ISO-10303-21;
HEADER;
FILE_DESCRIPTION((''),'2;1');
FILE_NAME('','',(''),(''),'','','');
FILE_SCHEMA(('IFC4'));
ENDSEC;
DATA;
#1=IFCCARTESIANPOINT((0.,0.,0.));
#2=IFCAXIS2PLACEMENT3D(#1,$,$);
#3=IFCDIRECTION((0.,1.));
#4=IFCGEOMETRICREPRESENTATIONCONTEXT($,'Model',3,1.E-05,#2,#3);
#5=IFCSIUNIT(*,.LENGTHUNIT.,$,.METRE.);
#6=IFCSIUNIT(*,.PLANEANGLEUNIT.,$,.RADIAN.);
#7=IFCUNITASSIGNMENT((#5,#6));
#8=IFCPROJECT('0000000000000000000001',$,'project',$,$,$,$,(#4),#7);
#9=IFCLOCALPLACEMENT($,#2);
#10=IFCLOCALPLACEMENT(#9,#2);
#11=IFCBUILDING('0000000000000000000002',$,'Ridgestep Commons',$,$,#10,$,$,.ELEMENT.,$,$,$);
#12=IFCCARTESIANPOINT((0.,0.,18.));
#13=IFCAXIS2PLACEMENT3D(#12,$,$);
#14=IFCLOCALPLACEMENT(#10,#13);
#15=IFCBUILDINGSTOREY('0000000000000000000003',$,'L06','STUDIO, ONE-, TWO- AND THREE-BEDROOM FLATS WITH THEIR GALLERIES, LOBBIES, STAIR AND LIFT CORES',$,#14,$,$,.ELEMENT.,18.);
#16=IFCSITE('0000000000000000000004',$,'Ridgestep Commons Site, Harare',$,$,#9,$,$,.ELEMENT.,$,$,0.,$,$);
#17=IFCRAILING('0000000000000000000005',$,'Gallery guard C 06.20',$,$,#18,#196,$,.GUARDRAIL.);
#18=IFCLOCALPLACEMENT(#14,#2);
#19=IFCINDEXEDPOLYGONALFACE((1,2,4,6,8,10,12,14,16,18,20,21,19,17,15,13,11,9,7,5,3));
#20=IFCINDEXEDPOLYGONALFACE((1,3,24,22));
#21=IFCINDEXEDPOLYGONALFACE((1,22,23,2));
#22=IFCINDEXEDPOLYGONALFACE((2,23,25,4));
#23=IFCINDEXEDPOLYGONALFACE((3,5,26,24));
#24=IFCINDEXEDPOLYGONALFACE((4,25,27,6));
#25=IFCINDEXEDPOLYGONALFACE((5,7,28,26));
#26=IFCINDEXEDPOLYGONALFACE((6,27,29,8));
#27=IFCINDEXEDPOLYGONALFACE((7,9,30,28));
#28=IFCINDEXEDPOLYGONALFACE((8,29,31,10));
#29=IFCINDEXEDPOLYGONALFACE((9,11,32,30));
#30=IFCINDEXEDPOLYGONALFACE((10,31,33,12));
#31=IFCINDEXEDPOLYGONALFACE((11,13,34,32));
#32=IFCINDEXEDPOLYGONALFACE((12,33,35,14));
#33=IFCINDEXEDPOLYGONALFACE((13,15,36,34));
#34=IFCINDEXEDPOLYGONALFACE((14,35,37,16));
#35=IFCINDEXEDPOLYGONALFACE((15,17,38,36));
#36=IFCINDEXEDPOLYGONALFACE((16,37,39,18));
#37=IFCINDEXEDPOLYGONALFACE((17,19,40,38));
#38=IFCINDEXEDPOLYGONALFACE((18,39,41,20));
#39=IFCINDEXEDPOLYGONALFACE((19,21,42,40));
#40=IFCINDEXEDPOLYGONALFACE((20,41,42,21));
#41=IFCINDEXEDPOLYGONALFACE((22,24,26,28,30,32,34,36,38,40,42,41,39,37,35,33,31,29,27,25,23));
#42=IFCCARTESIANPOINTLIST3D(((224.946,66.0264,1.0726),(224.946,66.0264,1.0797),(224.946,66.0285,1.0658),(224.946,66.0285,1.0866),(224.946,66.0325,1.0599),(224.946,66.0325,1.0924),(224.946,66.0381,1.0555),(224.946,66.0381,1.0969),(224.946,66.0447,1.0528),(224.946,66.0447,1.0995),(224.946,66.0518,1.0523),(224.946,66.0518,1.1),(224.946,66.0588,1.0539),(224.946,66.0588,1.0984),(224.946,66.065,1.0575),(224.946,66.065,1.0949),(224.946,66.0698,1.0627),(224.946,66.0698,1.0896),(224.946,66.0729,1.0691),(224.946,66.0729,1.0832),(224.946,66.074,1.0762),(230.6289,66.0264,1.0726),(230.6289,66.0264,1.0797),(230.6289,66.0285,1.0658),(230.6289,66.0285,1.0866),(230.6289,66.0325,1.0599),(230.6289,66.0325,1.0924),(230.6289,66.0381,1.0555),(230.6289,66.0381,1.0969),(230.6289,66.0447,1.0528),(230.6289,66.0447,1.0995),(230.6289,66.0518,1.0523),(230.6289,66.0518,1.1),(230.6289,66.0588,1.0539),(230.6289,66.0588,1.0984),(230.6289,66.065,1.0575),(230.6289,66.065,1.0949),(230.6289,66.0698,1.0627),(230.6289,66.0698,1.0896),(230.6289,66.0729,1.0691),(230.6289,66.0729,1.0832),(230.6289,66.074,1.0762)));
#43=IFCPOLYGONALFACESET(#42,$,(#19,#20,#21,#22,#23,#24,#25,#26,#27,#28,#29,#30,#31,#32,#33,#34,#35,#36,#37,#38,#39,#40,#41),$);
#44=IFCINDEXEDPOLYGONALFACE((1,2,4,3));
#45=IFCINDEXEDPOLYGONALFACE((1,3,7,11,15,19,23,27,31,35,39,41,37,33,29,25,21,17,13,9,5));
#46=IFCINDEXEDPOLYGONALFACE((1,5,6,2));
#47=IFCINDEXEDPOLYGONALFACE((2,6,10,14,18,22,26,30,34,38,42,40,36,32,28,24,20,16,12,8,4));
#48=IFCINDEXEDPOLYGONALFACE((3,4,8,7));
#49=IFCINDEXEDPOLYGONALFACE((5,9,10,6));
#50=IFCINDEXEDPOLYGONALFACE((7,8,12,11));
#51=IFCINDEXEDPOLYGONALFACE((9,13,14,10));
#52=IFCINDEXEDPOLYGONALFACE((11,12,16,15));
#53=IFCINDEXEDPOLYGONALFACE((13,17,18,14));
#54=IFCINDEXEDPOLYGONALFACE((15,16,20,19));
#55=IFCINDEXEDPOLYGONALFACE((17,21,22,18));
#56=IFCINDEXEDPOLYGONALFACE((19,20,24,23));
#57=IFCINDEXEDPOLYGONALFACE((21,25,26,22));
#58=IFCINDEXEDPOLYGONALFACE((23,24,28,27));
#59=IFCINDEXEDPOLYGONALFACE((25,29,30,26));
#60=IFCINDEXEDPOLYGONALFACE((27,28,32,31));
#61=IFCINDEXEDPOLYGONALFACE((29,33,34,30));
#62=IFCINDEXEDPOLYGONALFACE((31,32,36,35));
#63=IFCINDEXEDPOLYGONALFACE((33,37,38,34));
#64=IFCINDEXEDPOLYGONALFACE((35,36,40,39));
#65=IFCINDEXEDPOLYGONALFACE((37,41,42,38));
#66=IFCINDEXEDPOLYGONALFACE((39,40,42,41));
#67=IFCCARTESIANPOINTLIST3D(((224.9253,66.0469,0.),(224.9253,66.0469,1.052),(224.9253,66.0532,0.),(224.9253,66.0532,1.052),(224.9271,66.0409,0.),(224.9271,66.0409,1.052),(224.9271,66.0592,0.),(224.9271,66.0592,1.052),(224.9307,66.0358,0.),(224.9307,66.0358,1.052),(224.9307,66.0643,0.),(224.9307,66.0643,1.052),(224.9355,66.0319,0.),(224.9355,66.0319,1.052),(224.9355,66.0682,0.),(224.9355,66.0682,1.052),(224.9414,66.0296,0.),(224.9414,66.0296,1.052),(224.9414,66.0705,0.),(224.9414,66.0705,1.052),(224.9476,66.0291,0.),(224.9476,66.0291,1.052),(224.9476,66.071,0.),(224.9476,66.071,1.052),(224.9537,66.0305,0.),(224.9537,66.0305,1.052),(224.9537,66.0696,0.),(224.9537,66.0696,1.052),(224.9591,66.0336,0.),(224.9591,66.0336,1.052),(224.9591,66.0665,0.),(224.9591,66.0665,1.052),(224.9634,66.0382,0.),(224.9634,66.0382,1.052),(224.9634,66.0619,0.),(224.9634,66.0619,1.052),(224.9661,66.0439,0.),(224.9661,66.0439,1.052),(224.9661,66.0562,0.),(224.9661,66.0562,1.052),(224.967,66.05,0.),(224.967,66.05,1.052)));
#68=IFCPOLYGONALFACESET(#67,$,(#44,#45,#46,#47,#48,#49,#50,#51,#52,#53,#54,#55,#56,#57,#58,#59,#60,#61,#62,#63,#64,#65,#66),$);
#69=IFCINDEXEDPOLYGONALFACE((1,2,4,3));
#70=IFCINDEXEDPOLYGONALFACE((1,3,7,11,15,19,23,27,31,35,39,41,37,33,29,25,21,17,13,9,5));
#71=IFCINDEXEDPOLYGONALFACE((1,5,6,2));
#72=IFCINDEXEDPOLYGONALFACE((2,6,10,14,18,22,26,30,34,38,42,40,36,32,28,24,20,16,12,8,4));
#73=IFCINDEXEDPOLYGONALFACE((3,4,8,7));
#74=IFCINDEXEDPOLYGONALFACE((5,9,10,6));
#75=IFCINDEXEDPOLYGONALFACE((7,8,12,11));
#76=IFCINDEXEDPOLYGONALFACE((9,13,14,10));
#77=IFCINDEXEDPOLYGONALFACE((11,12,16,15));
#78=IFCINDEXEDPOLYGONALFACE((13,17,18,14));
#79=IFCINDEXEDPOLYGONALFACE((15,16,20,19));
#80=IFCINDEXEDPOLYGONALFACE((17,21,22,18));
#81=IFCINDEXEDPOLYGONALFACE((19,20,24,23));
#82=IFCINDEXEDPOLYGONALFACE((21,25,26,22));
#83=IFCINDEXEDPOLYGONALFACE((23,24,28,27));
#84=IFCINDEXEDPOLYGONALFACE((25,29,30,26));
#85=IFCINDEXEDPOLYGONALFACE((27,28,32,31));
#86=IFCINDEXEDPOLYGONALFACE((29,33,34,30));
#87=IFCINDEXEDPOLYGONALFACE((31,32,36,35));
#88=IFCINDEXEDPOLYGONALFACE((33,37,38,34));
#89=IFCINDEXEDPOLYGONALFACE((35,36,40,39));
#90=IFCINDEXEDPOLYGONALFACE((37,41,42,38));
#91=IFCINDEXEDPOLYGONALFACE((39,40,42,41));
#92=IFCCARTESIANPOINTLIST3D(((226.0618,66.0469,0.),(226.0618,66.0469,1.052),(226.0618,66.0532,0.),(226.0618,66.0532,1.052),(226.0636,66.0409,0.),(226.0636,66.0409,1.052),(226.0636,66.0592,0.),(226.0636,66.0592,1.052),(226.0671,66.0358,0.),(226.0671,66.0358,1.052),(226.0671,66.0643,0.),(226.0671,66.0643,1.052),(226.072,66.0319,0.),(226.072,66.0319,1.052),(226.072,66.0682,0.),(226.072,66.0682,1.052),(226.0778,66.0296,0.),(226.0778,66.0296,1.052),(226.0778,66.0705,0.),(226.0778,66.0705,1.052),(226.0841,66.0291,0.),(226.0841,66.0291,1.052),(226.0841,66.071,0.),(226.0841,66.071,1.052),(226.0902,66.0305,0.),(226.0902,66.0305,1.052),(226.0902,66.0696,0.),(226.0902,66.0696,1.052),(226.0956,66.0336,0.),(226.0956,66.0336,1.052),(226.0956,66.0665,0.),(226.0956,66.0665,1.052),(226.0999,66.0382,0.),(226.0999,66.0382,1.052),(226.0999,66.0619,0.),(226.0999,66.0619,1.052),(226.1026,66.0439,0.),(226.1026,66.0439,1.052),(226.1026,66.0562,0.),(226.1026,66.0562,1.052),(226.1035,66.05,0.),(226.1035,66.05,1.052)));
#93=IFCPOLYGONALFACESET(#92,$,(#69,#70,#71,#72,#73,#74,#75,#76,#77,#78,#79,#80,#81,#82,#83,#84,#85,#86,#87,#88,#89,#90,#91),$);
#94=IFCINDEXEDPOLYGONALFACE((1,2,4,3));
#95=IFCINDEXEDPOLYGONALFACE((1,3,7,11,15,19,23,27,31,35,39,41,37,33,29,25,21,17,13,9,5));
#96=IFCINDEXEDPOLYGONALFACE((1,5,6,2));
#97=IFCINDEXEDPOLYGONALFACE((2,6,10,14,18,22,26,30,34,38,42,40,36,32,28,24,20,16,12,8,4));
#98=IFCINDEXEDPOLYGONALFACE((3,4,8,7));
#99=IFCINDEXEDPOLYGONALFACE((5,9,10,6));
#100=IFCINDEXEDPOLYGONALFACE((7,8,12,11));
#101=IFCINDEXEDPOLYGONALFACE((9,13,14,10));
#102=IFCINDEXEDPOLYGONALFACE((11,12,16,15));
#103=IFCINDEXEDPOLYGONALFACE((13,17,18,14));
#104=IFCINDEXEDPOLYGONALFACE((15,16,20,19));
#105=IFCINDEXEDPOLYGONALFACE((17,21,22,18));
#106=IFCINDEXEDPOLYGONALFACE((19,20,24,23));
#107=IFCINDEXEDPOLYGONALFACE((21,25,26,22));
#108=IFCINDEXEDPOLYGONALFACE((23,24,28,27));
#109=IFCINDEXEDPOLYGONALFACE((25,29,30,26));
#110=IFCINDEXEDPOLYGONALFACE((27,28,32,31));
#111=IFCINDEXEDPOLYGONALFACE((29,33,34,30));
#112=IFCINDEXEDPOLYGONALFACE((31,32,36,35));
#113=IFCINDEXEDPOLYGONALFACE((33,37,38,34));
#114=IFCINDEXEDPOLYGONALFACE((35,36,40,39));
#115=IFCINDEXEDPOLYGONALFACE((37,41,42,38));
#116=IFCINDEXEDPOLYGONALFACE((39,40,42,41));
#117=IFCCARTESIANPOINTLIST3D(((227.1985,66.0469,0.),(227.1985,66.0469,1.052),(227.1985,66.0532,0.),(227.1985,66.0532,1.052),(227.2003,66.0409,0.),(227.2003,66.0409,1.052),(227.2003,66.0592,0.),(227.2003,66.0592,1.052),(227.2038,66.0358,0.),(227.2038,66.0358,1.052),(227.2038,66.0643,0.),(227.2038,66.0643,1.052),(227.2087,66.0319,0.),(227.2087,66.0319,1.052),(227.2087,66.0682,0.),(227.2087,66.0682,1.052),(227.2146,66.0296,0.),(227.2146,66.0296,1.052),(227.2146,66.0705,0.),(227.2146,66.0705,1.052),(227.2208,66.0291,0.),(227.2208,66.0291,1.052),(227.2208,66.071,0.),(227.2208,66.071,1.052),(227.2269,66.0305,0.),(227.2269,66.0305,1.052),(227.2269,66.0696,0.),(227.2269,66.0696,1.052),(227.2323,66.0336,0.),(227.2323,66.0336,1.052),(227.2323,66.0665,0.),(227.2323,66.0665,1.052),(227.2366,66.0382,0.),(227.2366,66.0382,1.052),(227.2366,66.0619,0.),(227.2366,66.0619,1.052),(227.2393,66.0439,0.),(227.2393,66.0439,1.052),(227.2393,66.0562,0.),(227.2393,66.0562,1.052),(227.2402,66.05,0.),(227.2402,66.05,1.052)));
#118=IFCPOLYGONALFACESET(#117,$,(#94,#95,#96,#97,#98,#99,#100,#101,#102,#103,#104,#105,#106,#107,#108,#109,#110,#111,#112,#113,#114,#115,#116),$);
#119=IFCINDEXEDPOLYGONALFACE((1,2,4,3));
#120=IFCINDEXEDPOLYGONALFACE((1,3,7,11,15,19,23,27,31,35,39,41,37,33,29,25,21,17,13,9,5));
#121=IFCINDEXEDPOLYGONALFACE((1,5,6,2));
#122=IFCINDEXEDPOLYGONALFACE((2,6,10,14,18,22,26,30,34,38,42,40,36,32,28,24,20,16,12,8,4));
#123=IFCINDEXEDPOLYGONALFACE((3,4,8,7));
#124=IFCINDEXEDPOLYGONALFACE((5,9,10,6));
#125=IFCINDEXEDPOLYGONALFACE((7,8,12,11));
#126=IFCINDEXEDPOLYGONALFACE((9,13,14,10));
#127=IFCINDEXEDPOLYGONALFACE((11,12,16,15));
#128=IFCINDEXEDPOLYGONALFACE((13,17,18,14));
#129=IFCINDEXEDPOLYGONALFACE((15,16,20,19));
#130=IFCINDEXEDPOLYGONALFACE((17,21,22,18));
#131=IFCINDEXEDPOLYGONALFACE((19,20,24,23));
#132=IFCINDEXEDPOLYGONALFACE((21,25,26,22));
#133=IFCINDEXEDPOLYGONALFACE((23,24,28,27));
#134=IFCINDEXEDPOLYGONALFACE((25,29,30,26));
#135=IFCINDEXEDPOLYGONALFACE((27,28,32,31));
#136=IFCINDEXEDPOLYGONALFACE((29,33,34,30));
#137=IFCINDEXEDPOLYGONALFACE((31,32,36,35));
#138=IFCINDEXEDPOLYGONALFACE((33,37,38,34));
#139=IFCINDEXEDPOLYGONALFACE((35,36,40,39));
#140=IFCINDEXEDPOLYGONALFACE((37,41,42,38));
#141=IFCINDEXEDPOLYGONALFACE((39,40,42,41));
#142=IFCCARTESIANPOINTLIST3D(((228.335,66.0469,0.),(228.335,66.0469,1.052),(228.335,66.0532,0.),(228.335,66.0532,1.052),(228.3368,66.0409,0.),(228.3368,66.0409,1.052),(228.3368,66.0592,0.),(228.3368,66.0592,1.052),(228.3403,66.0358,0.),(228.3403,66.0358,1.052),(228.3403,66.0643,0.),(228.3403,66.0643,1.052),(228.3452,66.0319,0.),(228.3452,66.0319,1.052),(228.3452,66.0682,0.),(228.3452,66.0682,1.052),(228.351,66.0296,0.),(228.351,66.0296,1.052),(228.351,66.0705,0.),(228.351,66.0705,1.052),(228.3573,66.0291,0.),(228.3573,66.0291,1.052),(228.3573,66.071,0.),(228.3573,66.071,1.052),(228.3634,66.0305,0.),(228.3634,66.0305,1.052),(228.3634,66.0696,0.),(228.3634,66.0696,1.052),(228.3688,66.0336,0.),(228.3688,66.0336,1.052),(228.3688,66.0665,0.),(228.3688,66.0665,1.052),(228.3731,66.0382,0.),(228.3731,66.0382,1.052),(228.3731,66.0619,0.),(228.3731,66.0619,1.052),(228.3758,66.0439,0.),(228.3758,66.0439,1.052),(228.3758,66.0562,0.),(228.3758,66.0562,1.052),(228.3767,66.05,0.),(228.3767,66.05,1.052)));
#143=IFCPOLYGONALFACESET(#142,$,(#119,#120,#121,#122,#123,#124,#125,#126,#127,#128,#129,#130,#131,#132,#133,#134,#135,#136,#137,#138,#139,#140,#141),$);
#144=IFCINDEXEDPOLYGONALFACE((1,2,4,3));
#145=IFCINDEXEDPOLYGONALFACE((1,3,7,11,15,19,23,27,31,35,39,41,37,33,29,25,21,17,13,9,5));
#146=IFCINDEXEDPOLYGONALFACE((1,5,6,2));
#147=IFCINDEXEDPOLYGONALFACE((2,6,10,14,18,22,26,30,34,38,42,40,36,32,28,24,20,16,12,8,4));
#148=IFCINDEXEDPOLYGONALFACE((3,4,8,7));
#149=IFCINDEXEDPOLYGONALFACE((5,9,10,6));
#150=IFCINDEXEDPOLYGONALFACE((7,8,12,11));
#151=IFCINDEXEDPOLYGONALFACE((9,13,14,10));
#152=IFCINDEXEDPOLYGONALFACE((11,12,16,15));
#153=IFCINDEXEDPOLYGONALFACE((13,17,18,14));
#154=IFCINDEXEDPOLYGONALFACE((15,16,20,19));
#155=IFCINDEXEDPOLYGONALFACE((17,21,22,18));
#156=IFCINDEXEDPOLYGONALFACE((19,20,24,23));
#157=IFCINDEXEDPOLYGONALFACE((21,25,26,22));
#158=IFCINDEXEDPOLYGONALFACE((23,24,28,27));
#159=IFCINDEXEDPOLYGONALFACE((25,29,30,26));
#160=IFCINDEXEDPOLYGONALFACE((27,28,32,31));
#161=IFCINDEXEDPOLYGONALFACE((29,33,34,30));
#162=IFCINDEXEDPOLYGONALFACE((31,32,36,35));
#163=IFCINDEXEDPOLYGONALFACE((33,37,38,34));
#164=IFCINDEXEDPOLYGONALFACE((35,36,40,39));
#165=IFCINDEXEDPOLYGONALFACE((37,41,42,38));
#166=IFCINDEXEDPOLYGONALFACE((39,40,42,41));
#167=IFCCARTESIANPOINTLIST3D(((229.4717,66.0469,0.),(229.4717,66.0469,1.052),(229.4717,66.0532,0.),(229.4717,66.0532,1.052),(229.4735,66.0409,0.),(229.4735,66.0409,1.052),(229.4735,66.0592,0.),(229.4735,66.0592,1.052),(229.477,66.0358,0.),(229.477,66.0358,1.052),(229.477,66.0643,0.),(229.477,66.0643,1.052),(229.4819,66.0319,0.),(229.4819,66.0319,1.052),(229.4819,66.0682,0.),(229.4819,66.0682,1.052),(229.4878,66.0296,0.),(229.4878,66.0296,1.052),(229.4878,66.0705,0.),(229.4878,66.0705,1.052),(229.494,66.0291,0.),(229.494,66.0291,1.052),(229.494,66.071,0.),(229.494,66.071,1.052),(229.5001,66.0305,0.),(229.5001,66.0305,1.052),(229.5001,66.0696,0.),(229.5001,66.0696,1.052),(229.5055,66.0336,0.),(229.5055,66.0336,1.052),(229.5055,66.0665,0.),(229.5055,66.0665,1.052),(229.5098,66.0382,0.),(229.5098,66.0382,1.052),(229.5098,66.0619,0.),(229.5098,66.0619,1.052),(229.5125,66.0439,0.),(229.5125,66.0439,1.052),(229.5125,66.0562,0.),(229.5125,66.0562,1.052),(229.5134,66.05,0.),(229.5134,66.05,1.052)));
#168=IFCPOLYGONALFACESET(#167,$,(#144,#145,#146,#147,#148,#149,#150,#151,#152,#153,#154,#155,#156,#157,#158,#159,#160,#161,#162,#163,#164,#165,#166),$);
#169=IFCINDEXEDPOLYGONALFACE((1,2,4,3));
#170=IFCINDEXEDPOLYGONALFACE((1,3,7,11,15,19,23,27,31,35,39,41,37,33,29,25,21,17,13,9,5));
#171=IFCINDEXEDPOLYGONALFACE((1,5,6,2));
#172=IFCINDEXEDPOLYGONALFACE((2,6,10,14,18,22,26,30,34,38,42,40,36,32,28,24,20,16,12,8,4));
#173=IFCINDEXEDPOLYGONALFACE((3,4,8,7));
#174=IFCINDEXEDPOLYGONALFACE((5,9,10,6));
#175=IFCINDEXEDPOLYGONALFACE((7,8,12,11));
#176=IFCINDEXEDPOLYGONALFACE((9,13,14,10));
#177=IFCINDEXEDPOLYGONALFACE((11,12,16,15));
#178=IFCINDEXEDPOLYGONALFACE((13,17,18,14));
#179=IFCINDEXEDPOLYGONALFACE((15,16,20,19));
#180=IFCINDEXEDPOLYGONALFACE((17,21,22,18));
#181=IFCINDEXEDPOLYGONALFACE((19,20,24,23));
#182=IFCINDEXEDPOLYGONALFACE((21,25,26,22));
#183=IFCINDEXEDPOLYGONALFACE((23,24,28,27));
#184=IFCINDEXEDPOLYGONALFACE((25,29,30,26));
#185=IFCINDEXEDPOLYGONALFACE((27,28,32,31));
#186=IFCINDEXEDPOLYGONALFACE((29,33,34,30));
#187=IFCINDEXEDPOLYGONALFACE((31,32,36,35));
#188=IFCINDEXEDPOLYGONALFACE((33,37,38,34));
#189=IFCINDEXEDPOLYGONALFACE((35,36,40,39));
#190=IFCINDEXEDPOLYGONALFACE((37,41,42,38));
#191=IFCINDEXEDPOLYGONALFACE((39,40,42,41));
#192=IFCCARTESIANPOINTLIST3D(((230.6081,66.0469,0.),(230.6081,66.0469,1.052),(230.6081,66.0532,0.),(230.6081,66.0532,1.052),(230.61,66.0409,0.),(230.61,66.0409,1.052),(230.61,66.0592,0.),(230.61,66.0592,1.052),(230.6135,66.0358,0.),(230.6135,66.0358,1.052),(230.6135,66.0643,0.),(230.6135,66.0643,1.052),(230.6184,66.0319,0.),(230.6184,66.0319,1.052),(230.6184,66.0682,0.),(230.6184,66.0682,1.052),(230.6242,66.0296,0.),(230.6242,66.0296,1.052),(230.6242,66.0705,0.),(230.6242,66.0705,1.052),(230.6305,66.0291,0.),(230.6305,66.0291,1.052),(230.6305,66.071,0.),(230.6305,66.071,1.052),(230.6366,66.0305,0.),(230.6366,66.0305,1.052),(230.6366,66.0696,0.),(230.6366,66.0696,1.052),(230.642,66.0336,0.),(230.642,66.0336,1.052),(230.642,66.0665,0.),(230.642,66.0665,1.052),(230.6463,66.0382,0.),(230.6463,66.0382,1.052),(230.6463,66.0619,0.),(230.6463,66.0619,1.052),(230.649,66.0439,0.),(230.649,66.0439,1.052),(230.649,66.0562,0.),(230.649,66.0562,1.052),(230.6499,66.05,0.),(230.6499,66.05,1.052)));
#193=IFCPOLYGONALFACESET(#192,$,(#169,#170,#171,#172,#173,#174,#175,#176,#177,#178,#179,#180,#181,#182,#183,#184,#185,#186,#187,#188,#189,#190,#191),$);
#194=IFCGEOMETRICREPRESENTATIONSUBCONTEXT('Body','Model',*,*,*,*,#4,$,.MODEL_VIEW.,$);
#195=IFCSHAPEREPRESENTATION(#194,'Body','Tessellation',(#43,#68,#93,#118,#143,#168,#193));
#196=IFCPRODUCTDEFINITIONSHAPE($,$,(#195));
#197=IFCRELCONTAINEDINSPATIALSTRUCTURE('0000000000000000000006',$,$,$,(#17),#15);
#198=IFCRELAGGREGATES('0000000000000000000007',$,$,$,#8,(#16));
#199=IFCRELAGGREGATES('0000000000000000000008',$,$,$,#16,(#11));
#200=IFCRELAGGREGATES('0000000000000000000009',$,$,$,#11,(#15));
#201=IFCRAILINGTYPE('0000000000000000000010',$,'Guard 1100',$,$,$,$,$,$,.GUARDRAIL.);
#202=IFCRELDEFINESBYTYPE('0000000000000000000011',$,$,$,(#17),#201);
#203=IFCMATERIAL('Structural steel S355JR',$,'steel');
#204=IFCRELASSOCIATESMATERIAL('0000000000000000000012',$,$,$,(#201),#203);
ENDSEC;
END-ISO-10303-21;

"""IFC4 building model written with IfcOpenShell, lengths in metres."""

from ifc_helpers import new_model, si_unit, direction, frame, origin, origin_2d, place, context, subcontext, project, spatial, circle, extrude, material, type_object, element, save


model = new_model("IFC4")

# Units and contexts
model_context = context("Model", 3, precision=1e-05, world=origin(), true_north=direction((0.0, 1.0)))
body_context = subcontext(model_context, "Body", "Model", "MODEL_VIEW")
ifc_project = project(units=[si_unit("LENGTHUNIT", "METRE"), si_unit("PLANEANGLEUNIT", "RADIAN")], contexts=[model_context])

# Site, building, storey
site_placement = place(None, origin())
site = spatial("IfcSite", under=ifc_project, at=site_placement, Name="Ridgestep Commons Site, Harare", CompositionType="ELEMENT", RefElevation=0.0)
building_placement = place(site_placement, origin())
building = spatial("IfcBuilding", under=site, at=building_placement, Name="Ridgestep Commons", CompositionType="ELEMENT")
storey_placement = place(building_placement, frame((0.0, 0.0, 18.0)))
storey = spatial("IfcBuildingStorey", under=building, at=storey_placement, Name="L06", Description="STUDIO, ONE-, TWO- AND THREE-BEDROOM FLATS WITH THEIR GALLERIES, LOBBIES, STAIR AND LIFT CORES", CompositionType="ELEMENT", Elevation=18.0)

# Railing
ifc_material_1 = material(Name="Structural steel S355JR", Category="steel")
railing_type_1 = type_object("IfcRailingType", Name="Guard 1100", PredefinedType="GUARDRAIL", material=ifc_material_1)
railing_1_placement = place(storey_placement, frame((224.946, 66.05, 0.0)))
element("IfcRailing", 1, at=railing_1_placement, inside=storey, type_object=railing_type_1, Name="Gallery guard C 06.20", PredefinedType="GUARDRAIL", context=body_context, shape_type="SweptSolid", body=[
    extrude(circle(Radius=0.0239, at=origin_2d()), frame((0.0, 0.0, 1.0762), z_axis=(1.0, 0.0, 0.0), x_axis=(0.0, 1.0, 0.0)), (0.0, 0.0, 1.0), 5.6829),
    extrude(circle(Radius=0.021, at=origin_2d()), origin(), (0.0, 0.0, 1.0), 1.052),
    extrude(circle(Radius=0.021, at=origin_2d()), frame((1.1365, 0.0, 0.0)), (0.0, 0.0, 1.0), 1.052),
    extrude(circle(Radius=0.021, at=origin_2d()), frame((2.2732, 0.0, 0.0)), (0.0, 0.0, 1.0), 1.052),
    extrude(circle(Radius=0.021, at=origin_2d()), frame((3.4097, 0.0, 0.0)), (0.0, 0.0, 1.0), 1.052),
    extrude(circle(Radius=0.021, at=origin_2d()), frame((4.5464, 0.0, 0.0)), (0.0, 0.0, 1.0), 1.052),
    extrude(circle(Radius=0.021, at=origin_2d()), frame((5.6829, 0.0, 0.0)), (0.0, 0.0, 1.0), 1.052),
])

save(model, "model.ifc")
